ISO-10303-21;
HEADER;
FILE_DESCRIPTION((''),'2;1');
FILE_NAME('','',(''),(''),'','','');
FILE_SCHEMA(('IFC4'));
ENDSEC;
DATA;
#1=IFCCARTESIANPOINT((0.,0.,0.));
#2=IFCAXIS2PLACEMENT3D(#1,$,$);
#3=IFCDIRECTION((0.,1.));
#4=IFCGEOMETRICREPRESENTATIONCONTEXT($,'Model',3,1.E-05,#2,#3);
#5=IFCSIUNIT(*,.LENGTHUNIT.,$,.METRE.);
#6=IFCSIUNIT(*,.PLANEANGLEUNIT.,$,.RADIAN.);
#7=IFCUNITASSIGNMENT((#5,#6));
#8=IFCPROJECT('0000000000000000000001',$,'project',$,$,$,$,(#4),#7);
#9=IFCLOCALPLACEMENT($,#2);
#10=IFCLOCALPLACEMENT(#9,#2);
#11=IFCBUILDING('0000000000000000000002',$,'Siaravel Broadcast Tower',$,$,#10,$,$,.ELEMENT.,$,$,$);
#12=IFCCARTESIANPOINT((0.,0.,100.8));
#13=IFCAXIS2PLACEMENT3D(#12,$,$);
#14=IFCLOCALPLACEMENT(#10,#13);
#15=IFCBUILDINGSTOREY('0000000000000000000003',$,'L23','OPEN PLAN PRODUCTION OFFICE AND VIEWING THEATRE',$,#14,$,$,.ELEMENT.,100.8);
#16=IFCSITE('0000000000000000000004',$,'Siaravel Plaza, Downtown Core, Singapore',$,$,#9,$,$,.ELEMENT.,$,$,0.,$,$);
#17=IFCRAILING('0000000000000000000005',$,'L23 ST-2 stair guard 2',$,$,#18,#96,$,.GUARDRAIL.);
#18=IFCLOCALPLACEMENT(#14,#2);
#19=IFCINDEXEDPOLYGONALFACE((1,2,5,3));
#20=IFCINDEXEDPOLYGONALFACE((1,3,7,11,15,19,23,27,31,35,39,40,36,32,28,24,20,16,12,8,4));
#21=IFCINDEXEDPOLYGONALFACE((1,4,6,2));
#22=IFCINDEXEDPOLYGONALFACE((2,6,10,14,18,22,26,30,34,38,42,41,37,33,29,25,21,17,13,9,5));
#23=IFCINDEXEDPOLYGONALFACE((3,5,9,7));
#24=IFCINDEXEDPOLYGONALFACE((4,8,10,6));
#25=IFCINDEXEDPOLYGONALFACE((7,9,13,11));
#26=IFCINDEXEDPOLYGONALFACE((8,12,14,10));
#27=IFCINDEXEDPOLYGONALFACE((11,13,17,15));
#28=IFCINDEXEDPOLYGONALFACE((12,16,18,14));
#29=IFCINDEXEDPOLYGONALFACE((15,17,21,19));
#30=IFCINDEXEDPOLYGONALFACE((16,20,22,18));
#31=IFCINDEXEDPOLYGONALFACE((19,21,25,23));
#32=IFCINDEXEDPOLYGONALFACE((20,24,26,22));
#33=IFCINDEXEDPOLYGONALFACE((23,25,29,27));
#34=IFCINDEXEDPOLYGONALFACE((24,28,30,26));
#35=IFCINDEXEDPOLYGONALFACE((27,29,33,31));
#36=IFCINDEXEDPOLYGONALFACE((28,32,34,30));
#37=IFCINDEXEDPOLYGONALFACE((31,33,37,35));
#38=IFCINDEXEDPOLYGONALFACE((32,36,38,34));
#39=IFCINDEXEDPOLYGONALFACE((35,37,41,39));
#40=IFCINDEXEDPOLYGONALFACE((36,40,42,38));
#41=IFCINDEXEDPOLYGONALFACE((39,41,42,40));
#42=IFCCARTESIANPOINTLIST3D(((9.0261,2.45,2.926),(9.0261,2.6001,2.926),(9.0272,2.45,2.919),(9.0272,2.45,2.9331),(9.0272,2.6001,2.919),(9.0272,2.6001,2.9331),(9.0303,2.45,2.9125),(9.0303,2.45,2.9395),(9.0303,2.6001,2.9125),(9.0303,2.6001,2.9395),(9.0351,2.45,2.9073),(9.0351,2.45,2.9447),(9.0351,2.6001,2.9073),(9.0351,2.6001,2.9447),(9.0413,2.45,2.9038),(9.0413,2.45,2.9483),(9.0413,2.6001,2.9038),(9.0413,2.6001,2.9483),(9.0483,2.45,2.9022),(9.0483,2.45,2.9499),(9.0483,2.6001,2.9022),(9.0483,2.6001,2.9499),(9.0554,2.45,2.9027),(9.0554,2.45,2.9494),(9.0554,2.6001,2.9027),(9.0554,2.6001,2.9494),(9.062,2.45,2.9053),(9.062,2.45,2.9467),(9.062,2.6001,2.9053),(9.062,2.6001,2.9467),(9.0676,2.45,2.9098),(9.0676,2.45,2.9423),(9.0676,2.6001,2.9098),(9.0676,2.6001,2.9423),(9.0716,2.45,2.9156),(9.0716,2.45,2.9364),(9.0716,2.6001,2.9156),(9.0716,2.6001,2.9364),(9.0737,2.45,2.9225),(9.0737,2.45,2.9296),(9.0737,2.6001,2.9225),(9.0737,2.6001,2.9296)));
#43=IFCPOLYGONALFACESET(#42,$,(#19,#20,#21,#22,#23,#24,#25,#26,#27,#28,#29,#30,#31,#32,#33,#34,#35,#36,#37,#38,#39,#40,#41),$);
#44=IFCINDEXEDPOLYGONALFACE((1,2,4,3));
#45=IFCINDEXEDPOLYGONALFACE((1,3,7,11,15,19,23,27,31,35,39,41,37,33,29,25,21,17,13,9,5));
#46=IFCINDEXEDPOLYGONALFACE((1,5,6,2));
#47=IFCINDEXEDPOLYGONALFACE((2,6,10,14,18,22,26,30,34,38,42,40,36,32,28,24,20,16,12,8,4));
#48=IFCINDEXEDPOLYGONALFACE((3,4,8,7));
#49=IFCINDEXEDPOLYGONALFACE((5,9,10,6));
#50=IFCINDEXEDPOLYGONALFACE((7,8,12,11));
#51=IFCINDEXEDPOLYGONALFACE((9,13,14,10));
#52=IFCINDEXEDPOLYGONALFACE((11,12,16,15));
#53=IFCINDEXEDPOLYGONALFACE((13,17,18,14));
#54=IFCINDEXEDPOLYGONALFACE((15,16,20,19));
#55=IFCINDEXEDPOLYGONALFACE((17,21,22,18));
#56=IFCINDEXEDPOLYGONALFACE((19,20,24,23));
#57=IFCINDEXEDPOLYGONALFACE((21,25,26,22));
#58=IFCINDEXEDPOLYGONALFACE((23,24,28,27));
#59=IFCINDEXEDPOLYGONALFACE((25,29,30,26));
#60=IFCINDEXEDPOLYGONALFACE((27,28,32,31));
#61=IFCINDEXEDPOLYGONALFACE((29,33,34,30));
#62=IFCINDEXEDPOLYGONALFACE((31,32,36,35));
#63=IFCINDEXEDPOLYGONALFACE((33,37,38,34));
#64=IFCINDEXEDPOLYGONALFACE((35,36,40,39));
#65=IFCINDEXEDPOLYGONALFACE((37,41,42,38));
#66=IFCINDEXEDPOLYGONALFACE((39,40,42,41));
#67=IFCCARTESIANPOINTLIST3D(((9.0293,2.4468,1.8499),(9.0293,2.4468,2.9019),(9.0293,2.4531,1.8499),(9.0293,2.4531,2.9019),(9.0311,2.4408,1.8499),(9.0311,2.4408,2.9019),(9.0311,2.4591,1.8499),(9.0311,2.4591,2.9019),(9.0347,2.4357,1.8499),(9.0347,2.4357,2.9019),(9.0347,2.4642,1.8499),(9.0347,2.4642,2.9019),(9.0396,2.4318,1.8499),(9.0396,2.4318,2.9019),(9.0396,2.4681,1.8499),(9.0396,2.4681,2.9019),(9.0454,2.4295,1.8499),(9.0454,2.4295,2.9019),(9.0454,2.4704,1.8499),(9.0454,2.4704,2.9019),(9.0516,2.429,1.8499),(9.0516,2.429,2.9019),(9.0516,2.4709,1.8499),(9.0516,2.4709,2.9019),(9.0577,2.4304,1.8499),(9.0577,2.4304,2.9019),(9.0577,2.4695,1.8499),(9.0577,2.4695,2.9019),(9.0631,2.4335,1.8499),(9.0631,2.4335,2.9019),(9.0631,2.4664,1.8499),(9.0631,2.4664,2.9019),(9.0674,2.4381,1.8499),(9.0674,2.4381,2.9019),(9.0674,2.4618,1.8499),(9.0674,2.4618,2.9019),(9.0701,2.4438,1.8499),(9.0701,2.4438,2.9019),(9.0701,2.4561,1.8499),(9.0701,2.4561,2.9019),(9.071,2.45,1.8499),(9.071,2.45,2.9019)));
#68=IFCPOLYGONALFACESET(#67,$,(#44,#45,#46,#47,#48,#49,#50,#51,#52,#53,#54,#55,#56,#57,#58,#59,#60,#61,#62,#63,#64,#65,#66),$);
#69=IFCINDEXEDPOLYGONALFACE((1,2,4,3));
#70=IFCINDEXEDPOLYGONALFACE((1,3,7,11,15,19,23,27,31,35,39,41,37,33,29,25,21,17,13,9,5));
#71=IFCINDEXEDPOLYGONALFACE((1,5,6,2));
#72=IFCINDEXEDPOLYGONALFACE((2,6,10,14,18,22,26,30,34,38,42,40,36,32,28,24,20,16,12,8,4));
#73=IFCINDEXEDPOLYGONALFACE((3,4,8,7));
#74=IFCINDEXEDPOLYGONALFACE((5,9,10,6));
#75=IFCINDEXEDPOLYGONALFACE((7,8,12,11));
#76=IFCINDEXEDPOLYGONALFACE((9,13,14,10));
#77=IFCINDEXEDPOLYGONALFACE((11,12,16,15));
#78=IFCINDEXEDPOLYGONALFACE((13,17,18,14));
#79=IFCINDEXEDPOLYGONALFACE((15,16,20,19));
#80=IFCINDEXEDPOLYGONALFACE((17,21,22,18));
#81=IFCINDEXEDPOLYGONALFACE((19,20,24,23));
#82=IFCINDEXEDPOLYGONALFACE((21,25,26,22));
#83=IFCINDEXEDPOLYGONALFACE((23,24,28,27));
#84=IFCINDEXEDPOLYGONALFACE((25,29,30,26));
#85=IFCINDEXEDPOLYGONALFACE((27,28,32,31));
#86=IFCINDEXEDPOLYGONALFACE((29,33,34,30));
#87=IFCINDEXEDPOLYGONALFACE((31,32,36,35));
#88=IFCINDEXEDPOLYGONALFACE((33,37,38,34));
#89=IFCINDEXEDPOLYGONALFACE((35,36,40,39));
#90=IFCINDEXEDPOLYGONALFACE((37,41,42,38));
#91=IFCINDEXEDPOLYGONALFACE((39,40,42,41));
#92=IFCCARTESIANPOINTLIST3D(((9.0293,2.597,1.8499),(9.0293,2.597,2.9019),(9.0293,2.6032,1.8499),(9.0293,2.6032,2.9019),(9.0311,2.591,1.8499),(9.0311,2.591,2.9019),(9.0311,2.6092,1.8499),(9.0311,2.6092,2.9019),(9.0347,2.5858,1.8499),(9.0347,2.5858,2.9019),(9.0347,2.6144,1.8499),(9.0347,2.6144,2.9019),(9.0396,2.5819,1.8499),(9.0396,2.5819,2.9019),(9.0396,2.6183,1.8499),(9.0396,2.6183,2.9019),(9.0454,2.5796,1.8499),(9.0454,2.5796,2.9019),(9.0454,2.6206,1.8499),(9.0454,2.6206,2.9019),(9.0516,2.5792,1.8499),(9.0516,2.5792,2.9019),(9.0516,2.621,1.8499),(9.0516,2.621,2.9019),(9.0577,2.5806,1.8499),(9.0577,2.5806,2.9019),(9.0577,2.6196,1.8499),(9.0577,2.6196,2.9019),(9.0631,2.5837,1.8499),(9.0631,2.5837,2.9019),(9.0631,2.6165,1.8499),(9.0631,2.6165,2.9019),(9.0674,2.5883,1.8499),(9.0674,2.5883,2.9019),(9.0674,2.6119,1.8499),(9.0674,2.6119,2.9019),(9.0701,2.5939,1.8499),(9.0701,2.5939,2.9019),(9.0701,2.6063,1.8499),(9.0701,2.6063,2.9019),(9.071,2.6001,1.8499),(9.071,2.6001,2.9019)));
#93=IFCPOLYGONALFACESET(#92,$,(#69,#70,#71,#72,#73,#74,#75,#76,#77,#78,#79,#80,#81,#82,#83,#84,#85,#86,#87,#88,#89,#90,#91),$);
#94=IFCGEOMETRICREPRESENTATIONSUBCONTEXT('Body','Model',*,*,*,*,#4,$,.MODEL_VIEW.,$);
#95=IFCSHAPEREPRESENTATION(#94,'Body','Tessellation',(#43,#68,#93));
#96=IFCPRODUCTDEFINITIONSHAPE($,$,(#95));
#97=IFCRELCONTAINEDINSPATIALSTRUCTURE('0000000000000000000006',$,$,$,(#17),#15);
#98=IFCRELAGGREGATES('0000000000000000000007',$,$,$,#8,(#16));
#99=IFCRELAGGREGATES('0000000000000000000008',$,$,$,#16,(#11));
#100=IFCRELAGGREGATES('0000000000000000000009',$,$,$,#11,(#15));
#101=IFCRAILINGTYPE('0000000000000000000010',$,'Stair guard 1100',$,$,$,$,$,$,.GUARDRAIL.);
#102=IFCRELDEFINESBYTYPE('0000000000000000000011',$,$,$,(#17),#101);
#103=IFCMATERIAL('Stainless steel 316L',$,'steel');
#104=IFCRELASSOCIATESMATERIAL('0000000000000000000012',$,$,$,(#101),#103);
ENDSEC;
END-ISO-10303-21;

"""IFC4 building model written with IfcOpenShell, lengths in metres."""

from ifc_helpers import new_model, si_unit, direction, frame, origin, origin_2d, place, context, subcontext, project, spatial, circle, extrude, material, type_object, element, save


model = new_model("IFC4")

# Units and contexts
model_context = context("Model", 3, precision=1e-05, world=origin(), true_north=direction((0.0, 1.0)))
body_context = subcontext(model_context, "Body", "Model", "MODEL_VIEW")
ifc_project = project(units=[si_unit("LENGTHUNIT", "METRE"), si_unit("PLANEANGLEUNIT", "RADIAN")], contexts=[model_context])

# Site, building, storey
site_placement = place(None, origin())
site = spatial("IfcSite", under=ifc_project, at=site_placement, Name="Siaravel Plaza, Downtown Core, Singapore", CompositionType="ELEMENT", RefElevation=0.0)
building_placement = place(site_placement, origin())
building = spatial("IfcBuilding", under=site, at=building_placement, Name="Siaravel Broadcast Tower", CompositionType="ELEMENT")
storey_placement = place(building_placement, frame((0.0, 0.0, 100.8)))
storey = spatial("IfcBuildingStorey", under=building, at=storey_placement, Name="L23", Description="OPEN PLAN PRODUCTION OFFICE AND VIEWING THEATRE", CompositionType="ELEMENT", Elevation=100.8)

# Railing
ifc_material_1 = material(Name="Stainless steel 316L", Category="steel")
railing_type_1 = type_object("IfcRailingType", Name="Stair guard 1100", PredefinedType="GUARDRAIL", material=ifc_material_1)
railing_1_placement = place(storey_placement, frame((9.05, 2.45, 1.8499)))
element("IfcRailing", 1, at=railing_1_placement, inside=storey, type_object=railing_type_1, Name="L23 ST-2 stair guard 2", PredefinedType="GUARDRAIL", context=body_context, shape_type="SweptSolid", body=[
    extrude(circle(Radius=0.0239, at=origin_2d()), frame((0.0, 0.0, 1.0762), z_axis=(0.0, 1.0, 0.0), x_axis=(-1.0, 0.0, 0.0)), (0.0, 0.0, 1.0), 0.1501),
    extrude(circle(Radius=0.021, at=origin_2d()), origin(), (0.0, 0.0, 1.0), 1.052),
    extrude(circle(Radius=0.021, at=origin_2d()), frame((0.0, 0.1501, 0.0)), (0.0, 0.0, 1.0), 1.052),
])

save(model, "model.ifc")
